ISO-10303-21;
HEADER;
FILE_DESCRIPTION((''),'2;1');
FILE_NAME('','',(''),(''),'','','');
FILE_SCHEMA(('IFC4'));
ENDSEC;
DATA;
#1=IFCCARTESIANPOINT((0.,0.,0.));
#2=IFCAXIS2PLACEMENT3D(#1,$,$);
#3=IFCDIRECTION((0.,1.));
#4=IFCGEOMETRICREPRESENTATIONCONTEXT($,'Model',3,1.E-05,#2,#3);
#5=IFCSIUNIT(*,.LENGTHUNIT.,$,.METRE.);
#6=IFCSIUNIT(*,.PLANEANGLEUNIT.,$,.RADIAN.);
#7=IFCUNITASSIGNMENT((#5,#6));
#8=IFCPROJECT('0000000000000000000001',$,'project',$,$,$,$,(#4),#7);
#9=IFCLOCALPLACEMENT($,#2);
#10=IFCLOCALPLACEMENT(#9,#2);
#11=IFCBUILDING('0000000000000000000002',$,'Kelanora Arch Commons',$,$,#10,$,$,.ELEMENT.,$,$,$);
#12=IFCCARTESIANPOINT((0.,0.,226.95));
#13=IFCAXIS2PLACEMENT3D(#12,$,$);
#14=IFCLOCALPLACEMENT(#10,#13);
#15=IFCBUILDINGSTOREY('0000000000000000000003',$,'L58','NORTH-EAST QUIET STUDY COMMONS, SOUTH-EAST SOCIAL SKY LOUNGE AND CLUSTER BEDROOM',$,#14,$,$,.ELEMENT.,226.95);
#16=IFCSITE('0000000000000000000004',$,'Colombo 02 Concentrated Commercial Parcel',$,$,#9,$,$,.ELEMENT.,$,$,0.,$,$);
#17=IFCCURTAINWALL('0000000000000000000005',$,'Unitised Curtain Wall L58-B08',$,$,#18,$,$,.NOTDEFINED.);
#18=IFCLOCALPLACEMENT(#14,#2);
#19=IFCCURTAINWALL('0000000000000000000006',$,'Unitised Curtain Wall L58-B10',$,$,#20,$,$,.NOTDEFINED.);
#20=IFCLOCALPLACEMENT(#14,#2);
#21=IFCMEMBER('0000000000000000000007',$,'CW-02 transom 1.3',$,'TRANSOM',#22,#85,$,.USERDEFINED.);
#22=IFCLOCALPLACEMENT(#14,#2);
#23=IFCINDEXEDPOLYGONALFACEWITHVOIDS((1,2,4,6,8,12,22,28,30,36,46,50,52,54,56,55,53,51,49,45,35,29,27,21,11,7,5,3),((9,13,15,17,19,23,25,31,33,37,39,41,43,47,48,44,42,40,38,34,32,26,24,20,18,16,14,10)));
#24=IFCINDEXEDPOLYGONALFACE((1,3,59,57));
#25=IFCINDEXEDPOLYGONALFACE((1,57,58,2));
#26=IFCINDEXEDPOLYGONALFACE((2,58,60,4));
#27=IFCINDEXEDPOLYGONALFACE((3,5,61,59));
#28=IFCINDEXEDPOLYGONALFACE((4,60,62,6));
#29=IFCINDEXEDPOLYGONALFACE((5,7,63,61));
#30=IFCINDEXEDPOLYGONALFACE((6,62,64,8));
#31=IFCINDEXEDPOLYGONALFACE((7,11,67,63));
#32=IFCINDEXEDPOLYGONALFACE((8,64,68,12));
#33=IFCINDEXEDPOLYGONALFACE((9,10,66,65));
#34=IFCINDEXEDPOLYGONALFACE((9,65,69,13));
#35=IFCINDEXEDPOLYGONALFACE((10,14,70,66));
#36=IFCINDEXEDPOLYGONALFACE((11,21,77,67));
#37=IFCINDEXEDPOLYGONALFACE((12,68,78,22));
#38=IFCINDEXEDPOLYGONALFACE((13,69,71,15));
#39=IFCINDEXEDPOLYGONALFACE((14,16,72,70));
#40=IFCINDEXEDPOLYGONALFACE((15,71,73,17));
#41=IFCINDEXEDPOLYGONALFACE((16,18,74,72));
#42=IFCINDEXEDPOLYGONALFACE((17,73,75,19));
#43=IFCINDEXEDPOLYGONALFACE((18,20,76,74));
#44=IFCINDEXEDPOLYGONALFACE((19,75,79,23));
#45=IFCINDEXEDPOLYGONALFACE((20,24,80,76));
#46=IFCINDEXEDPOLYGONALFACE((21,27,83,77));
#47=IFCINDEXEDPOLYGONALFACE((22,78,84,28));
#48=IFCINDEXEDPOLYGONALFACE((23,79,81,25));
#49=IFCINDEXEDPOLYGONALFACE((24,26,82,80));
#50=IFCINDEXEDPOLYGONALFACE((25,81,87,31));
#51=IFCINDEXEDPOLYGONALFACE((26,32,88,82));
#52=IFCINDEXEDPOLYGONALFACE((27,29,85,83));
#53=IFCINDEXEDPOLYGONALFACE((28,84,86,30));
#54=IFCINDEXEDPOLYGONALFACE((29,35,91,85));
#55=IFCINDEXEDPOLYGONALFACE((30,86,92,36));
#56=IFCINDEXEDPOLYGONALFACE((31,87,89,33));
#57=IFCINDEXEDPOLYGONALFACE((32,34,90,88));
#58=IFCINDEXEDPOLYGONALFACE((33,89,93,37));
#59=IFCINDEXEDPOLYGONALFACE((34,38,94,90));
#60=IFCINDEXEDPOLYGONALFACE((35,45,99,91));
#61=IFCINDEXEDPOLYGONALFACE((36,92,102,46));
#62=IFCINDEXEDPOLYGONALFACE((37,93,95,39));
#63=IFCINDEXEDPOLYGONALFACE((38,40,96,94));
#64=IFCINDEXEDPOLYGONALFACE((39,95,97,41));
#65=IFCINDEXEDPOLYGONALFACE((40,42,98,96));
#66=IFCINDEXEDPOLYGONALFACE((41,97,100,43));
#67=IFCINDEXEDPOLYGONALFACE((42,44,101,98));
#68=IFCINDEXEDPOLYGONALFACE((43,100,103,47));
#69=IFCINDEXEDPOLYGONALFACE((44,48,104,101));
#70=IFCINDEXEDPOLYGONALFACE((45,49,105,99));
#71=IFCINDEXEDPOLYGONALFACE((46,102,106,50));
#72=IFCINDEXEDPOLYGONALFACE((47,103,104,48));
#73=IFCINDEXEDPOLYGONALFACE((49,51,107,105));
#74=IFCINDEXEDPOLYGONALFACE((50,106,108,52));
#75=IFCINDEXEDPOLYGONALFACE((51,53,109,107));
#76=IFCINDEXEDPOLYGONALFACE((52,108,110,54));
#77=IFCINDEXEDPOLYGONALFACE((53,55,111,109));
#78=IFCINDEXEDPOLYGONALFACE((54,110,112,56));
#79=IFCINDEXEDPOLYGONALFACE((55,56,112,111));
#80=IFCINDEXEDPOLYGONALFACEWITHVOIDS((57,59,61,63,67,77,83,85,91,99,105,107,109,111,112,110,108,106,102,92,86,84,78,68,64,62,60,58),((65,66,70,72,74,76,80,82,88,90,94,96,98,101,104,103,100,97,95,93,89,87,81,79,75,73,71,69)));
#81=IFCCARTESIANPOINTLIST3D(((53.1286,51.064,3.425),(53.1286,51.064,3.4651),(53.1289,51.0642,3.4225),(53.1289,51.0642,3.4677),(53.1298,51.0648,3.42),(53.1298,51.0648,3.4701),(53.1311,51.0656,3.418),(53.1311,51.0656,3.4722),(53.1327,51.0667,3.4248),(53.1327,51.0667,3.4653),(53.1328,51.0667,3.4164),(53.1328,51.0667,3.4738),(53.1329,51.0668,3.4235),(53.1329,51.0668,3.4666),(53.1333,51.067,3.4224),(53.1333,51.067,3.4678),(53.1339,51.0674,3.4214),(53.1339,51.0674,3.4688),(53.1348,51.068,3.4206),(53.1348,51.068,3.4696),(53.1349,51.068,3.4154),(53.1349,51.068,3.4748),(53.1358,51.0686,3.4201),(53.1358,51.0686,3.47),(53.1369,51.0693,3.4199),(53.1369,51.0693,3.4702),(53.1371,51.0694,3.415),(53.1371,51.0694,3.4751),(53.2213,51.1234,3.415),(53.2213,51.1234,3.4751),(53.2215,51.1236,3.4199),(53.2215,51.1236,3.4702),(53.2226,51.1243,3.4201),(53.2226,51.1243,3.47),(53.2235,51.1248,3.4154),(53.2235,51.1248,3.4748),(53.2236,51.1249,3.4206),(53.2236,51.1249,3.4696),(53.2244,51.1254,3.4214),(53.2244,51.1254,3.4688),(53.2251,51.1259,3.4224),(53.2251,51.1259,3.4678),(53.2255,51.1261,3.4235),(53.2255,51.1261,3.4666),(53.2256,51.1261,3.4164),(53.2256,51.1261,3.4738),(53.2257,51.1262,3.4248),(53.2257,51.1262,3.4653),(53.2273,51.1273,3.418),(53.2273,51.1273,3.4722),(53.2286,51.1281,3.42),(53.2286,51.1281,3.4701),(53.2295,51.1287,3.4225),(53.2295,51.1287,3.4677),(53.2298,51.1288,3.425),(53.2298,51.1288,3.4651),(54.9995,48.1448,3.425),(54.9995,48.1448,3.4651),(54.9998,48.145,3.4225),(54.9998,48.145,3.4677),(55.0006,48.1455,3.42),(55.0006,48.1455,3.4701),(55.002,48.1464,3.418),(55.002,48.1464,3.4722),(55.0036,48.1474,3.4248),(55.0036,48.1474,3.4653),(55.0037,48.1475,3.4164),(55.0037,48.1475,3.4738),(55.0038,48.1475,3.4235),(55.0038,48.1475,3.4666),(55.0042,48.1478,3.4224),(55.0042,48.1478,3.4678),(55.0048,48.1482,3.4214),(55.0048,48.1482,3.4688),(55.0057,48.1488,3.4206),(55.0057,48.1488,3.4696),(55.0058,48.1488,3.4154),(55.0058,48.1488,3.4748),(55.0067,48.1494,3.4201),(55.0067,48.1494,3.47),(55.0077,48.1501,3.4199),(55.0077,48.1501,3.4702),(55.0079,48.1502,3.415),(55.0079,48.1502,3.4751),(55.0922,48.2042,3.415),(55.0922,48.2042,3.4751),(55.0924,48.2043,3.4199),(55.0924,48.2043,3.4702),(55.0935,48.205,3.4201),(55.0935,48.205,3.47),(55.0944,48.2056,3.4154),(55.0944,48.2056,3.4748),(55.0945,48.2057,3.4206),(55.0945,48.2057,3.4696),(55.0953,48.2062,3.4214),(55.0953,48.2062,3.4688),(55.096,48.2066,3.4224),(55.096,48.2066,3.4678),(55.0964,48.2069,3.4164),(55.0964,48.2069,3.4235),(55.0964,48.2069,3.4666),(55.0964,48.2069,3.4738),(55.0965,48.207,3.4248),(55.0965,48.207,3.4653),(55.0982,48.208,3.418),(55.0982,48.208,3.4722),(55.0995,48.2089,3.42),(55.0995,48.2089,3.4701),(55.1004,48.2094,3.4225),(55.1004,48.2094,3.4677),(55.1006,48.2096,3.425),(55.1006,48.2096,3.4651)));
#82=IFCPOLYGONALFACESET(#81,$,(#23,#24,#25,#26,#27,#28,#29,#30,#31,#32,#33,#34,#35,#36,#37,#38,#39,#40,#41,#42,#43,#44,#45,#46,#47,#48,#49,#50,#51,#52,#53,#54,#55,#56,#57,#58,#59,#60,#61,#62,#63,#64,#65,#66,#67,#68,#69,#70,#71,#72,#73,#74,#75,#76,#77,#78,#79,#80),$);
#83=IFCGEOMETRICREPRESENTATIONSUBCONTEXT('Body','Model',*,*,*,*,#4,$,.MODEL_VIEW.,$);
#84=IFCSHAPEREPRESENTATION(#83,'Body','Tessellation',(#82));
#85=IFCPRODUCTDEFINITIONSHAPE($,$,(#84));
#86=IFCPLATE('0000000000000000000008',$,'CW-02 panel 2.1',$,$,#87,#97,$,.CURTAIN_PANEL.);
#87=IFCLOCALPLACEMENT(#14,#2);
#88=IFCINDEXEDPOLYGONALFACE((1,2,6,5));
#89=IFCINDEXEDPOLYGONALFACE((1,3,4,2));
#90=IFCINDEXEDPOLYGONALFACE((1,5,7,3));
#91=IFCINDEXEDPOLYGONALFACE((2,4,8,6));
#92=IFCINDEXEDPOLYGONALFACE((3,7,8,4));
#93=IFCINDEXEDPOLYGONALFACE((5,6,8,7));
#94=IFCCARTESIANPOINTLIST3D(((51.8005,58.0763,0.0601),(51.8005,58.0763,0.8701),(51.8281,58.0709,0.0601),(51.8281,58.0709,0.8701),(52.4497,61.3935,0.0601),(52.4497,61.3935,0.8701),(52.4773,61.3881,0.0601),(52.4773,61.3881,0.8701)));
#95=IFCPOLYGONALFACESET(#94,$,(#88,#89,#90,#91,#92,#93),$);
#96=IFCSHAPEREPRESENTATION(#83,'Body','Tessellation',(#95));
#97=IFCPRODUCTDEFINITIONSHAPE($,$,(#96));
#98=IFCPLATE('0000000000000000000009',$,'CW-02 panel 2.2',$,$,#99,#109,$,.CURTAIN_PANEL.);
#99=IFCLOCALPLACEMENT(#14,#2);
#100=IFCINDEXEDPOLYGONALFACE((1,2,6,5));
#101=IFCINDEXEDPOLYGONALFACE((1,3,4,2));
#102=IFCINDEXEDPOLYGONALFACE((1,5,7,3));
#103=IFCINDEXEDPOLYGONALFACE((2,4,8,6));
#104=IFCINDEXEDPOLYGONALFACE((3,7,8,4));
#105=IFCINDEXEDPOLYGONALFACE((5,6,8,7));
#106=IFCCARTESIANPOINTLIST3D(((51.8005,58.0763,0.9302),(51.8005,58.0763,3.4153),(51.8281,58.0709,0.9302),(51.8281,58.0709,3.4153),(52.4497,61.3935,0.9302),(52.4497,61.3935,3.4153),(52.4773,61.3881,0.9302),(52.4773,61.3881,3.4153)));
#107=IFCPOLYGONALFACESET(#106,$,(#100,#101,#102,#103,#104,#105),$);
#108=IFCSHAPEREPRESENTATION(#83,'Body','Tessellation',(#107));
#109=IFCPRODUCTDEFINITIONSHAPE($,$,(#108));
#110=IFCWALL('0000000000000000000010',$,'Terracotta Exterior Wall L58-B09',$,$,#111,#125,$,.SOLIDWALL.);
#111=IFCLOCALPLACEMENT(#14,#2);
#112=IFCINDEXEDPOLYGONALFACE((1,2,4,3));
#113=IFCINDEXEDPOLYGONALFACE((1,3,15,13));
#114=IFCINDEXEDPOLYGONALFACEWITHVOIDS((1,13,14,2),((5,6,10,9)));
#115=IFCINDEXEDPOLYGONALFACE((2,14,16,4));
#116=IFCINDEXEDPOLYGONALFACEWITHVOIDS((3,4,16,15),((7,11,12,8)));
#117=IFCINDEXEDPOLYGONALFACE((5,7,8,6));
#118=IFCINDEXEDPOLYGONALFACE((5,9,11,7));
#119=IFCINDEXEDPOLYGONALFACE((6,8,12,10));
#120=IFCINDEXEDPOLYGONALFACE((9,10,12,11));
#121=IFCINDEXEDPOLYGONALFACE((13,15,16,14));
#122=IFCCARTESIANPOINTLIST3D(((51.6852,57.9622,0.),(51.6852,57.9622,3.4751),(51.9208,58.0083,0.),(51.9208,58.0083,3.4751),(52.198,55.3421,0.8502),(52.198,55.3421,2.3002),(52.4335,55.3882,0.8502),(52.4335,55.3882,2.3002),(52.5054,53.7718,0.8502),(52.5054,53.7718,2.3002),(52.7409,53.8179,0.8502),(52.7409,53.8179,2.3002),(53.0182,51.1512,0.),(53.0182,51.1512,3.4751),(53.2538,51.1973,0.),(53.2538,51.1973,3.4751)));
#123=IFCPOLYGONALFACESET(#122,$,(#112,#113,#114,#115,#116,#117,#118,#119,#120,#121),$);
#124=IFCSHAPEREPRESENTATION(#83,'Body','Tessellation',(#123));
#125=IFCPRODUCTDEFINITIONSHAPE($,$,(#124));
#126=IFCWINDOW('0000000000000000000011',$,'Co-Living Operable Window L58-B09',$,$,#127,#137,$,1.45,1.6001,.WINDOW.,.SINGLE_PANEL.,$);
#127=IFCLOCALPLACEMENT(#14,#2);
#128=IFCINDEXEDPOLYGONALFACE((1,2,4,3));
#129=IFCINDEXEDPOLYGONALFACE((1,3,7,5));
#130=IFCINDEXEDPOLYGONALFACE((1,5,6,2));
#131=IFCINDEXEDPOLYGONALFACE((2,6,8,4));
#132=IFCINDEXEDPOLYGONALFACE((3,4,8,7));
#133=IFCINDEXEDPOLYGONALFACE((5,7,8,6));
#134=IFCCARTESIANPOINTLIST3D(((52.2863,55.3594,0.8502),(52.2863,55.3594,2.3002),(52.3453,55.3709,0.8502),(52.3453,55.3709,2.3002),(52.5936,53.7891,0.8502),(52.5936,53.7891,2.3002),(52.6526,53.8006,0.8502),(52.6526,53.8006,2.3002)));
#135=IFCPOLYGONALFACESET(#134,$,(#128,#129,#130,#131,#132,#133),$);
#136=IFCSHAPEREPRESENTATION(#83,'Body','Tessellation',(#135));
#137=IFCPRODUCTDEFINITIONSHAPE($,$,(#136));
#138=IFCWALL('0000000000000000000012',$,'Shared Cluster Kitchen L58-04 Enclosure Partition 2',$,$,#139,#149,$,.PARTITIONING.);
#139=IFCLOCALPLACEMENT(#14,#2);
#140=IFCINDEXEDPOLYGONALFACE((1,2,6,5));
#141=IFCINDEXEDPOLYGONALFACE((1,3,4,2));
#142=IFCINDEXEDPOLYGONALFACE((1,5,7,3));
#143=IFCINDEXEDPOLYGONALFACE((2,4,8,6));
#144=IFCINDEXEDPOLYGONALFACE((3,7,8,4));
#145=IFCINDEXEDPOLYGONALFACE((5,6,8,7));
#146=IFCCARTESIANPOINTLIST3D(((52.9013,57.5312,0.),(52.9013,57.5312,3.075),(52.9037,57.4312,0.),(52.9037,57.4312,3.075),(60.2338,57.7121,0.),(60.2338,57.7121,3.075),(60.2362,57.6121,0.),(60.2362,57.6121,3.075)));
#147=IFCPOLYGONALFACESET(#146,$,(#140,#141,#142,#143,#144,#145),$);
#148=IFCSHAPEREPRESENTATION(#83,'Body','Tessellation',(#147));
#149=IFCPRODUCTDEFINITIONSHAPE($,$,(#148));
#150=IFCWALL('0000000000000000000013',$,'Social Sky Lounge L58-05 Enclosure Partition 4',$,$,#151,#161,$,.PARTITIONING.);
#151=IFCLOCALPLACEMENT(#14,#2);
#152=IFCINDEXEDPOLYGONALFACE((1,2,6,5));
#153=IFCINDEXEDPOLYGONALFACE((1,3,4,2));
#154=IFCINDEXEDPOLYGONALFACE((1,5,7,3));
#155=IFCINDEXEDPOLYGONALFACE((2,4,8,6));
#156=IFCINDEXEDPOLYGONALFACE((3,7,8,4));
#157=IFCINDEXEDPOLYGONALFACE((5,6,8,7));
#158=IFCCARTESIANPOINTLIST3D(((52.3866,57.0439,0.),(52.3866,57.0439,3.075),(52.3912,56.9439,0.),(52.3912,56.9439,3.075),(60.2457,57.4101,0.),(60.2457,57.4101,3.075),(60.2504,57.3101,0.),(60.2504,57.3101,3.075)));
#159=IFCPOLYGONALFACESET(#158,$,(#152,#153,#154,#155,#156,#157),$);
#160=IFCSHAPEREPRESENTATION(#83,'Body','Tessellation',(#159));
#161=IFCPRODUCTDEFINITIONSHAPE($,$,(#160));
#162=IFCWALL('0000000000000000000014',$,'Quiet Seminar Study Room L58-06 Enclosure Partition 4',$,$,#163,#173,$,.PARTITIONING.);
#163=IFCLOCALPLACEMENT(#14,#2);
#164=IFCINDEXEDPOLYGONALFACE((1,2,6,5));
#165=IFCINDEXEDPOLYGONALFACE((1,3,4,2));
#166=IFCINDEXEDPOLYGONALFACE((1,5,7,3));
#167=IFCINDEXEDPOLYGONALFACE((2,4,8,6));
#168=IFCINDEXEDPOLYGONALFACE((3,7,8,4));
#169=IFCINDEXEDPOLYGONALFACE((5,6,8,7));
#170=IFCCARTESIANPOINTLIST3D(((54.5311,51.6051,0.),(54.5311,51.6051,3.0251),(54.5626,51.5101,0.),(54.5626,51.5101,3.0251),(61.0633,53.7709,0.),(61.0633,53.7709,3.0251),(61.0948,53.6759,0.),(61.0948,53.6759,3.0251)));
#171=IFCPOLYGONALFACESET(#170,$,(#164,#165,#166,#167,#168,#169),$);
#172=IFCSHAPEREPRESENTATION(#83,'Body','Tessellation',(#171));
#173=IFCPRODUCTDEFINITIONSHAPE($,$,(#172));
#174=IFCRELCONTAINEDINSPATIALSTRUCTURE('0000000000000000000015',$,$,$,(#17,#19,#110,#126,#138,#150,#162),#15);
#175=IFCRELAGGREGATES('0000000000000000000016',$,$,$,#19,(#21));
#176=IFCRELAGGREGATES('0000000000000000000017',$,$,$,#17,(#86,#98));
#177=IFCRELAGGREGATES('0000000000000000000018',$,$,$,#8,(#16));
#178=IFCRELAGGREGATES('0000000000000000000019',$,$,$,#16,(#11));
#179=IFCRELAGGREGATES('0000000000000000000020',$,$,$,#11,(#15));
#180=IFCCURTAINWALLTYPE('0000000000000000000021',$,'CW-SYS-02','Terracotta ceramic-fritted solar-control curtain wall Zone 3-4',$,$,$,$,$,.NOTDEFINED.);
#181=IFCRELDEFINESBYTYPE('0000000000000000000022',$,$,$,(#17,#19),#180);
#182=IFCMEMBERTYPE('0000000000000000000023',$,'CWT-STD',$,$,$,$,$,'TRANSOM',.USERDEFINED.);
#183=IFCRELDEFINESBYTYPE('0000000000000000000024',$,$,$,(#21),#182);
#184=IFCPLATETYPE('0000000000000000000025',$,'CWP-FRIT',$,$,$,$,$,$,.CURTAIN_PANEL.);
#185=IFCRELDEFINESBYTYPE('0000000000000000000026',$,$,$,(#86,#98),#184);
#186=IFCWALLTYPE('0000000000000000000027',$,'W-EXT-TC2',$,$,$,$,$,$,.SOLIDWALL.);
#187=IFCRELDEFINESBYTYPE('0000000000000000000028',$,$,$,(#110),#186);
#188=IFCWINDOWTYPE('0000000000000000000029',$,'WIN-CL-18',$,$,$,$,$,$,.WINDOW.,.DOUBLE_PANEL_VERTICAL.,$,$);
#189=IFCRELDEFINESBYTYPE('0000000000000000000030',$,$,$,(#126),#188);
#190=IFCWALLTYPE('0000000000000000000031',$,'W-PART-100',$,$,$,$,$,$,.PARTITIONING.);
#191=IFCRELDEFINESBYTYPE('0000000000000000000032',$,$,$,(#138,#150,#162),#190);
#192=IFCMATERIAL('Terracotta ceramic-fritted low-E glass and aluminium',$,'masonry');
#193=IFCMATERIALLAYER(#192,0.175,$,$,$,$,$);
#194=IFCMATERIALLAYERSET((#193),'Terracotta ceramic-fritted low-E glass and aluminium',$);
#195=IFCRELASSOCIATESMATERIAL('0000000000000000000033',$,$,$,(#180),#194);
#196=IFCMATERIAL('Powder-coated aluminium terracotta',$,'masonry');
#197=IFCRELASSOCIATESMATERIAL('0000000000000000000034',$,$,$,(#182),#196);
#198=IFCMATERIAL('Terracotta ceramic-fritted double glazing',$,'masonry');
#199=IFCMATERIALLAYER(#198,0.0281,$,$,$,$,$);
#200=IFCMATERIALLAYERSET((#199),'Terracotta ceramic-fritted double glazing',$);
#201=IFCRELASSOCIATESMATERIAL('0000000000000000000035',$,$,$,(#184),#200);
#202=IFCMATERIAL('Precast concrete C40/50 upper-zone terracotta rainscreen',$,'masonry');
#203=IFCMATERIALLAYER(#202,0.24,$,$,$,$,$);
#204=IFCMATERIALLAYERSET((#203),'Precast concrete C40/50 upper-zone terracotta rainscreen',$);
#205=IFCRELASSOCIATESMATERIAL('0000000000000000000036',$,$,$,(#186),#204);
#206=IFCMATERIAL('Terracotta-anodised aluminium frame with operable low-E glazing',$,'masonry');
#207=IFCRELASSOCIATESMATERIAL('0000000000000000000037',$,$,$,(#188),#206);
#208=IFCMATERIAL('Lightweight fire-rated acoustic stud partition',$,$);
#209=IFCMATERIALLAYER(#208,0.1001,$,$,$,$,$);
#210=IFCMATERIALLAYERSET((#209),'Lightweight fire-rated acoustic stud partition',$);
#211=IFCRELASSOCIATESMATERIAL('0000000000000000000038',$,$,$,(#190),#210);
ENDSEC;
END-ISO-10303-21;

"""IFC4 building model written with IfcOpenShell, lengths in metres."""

from ifc_helpers import new_model, si_unit, direction, frame, frame_2d, origin, origin_2d, place, context, subcontext, project, spatial, rectangle, hollow_rectangle, extrude, source, transform, mapped, material, layer, layer_set, material_profile, profile_set, type_object, element, fill, aggregate, save


model = new_model("IFC4")

# Units and contexts
model_context = context("Model", 3, precision=1e-05, world=origin(), true_north=direction((0.0, 1.0)))
body_context = subcontext(model_context, "Body", "Model", "MODEL_VIEW")
ifc_project = project(units=[si_unit("LENGTHUNIT", "METRE"), si_unit("PLANEANGLEUNIT", "RADIAN")], contexts=[model_context])

# Site, building, storey
site_placement = place(None, origin())
site = spatial("IfcSite", under=ifc_project, at=site_placement, Name="Colombo 02 Concentrated Commercial Parcel", CompositionType="ELEMENT", RefElevation=0.0)
building_placement = place(site_placement, origin())
building = spatial("IfcBuilding", under=site, at=building_placement, Name="Kelanora Arch Commons", CompositionType="ELEMENT")
storey_placement = place(building_placement, frame((0.0, 0.0, 226.95)))
storey = spatial("IfcBuildingStorey", under=building, at=storey_placement, Name="L58", Description="NORTH-EAST QUIET STUDY COMMONS, SOUTH-EAST SOCIAL SKY LOUNGE AND CLUSTER BEDROOM", CompositionType="ELEMENT", Elevation=226.95)

# Curtain wall
ifc_material_1 = material(Name="Terracotta ceramic-fritted low-E glass and aluminium", Category="masonry")
ifc_layer_1 = layer(ifc_material_1, 0.175)
ifc_layer_set_1 = layer_set([ifc_layer_1], Name="Terracotta ceramic-fritted low-E glass and aluminium")
curtain_wall_type = type_object("IfcCurtainWallType", Name="CW-SYS-02", Description="Terracotta ceramic-fritted solar-control curtain wall Zone 3-4", PredefinedType="NOTDEFINED", material=ifc_layer_set_1)
curtain_wall_1_placement = place(storey_placement, origin())
curtain_wall_1 = element("IfcCurtainWall", 1, at=curtain_wall_1_placement, inside=storey, type_object=curtain_wall_type, Name="Unitised Curtain Wall L58-B08", PredefinedType="NOTDEFINED")
ifc_material_2 = material(Name="Powder-coated aluminium terracotta", Category="masonry")

# Curtain wall, member
curtain_wall_2_placement = place(storey_placement, origin())
curtain_wall_2 = element("IfcCurtainWall", 2, at=curtain_wall_2_placement, inside=storey, type_object=curtain_wall_type, Name="Unitised Curtain Wall L58-B10", PredefinedType="NOTDEFINED")
ifc_material_profile_1 = material_profile(ifc_material_2, hollow_rectangle(XDim=0.1201, YDim=0.0601, WallThickness=0.0049, InnerFilletRadius=0.0049, OuterFilletRadius=0.01, at=origin_2d()), Name="CWT120x60")
ifc_profile_set_1 = profile_set([ifc_material_profile_1], Name="Powder-coated aluminium terracotta")
member_type_1 = type_object("IfcMemberType", Name="CWT-STD", ElementType="TRANSOM", PredefinedType="USERDEFINED", material=ifc_profile_set_1)
member_1_placement = place(storey_placement, frame((53.1792, 51.0964, 3.4451), z_axis=(0.539579, -0.841935, 0.0), x_axis=(0.841935, 0.539579, 0.0)))
member_1 = element("IfcMember", 3, at=member_1_placement, type_object=member_type_1, Name="CW-02 transom 1.3", ObjectType="TRANSOM", PredefinedType="USERDEFINED", context=body_context, shape_type="SweptSolid", body=[
    extrude(hollow_rectangle(XDim=0.1201, YDim=0.0601, WallThickness=0.0049, InnerFilletRadius=0.0049, OuterFilletRadius=0.01, at=origin_2d()), origin(), (0.0, 0.0, 1.0), 3.4673),
])
aggregate(curtain_wall_2, [member_1])

# Plates
ifc_material_3 = material(Name="Terracotta ceramic-fritted double glazing", Category="masonry")
ifc_layer_2 = layer(ifc_material_3, 0.0281)
ifc_layer_set_2 = layer_set([ifc_layer_2], Name="Terracotta ceramic-fritted double glazing")
plate_type = type_object("IfcPlateType", Name="CWP-FRIT", PredefinedType="CURTAIN_PANEL", material=ifc_layer_set_2)
shared_shape_1 = source(origin(), body_context, "Body", "SweptSolid", [
    extrude(rectangle(XDim=3.3801, YDim=0.0281, at=origin_2d()), origin(), (0.0, 0.0, 1.0), 0.8101),
])
plate_1_placement = place(storey_placement, frame((52.1389, 59.7322, 0.0601), z_axis=(0.0, 0.0, 1.0), x_axis=(-0.192069, -0.981381, 0.0)))
plate_1 = element("IfcPlate", 4, at=plate_1_placement, type_object=plate_type, Name="CW-02 panel 2.1", PredefinedType="CURTAIN_PANEL", context=body_context, shape_type="MappedRepresentation", body=[
    mapped(shared_shape_1, transform((0.0, 0.0, 0.0), scale=1.0)),
])
shared_shape_2 = source(origin(), body_context, "Body", "SweptSolid", [
    extrude(rectangle(XDim=3.3801, YDim=0.0281, at=origin_2d()), origin(), (0.0, 0.0, 1.0), 2.4851),
])
plate_2_placement = place(storey_placement, frame((52.1389, 59.7322, 0.9302), z_axis=(0.0, 0.0, 1.0), x_axis=(-0.192069, -0.981381, 0.0)))
plate_2 = element("IfcPlate", 5, at=plate_2_placement, type_object=plate_type, Name="CW-02 panel 2.2", PredefinedType="CURTAIN_PANEL", context=body_context, shape_type="MappedRepresentation", body=[
    mapped(shared_shape_2, transform((0.0, 0.0, 0.0), scale=1.0)),
])
aggregate(curtain_wall_1, [plate_1, plate_2])

# Wall, opening, window
ifc_material_4 = material(Name="Precast concrete C40/50 upper-zone terracotta rainscreen", Category="masonry")
ifc_layer_3 = layer(ifc_material_4, 0.24)
ifc_layer_set_3 = layer_set([ifc_layer_3], Name="Precast concrete C40/50 upper-zone terracotta rainscreen")
wall_type_1 = type_object("IfcWallType", Name="W-EXT-TC2", PredefinedType="SOLIDWALL", material=ifc_layer_set_3)
wall_1_placement = place(storey_placement, frame((51.803, 57.9854, 0.0), z_axis=(0.0, 0.0, 1.0), x_axis=(0.192069, -0.981381, 0.0)))
wall_1 = element("IfcWall", 6, at=wall_1_placement, inside=storey, type_object=wall_type_1, Name="Terracotta Exterior Wall L58-B09", PredefinedType="SOLIDWALL", context=body_context, shape_type="SweptSolid", body=[
    extrude(rectangle(XDim=6.9402, YDim=0.24, at=frame_2d((3.4702, 0.0))), origin(), (0.0, 0.0, 1.0), 3.4751),
])
opening_placement = place(wall_1_placement, frame((2.6699, 0.0, 0.8501)))
opening = element("IfcOpeningElement", 7, at=opening_placement, cuts=wall_1, PredefinedType="OPENING", context=body_context, shape_type="SweptSolid", body=[
    extrude(rectangle(XDim=1.6001, YDim=1.45, at=frame_2d((0.8, 0.7251))), frame((0.0, 0.1299, 0.0), z_axis=(0.0, -1.0, 0.0), x_axis=(1.0, 0.0, 0.0)), (0.0, 0.0, 1.0), 0.26),
])
ifc_material_5 = material(Name="Terracotta-anodised aluminium frame with operable low-E glazing", Category="masonry")
window_type = type_object("IfcWindowType", Name="WIN-CL-18", PartitioningType="DOUBLE_PANEL_VERTICAL", PredefinedType="WINDOW", material=ifc_material_5)
window_placement = place(opening_placement, origin())
window = element("IfcWindow", 8, at=window_placement, inside=storey, type_object=window_type, Name="Co-Living Operable Window L58-B09", OverallHeight=1.45, OverallWidth=1.6001, PartitioningType="SINGLE_PANEL", PredefinedType="WINDOW", context=body_context, shape_type="SweptSolid", body=[
    extrude(rectangle(XDim=1.6001, YDim=1.45, at=frame_2d((0.8, 0.7251))), frame((0.0, 0.03, 0.0), z_axis=(0.0, -1.0, 0.0), x_axis=(1.0, 0.0, 0.0)), (0.0, 0.0, 1.0), 0.0601),
])
fill(opening, window)

# Walls
ifc_material_6 = material(Name="Lightweight fire-rated acoustic stud partition")
ifc_layer_4 = layer(ifc_material_6, 0.1001)
ifc_layer_set_4 = layer_set([ifc_layer_4], Name="Lightweight fire-rated acoustic stud partition")
wall_type_2 = type_object("IfcWallType", Name="W-PART-100", PredefinedType="PARTITIONING", material=ifc_layer_set_4)
wall_2_placement = place(storey_placement, frame((60.2351, 57.6621, 0.0), z_axis=(0.0, 0.0, 1.0), x_axis=(-0.999696, -0.024665, 0.0)))
element("IfcWall", 9, at=wall_2_placement, inside=storey, type_object=wall_type_2, Name="Shared Cluster Kitchen L58-04 Enclosure Partition 2", PredefinedType="PARTITIONING", context=body_context, shape_type="SweptSolid", body=[
    extrude(rectangle(XDim=7.3347, YDim=0.1001, at=frame_2d((3.6675, 0.0))), origin(), (0.0, 0.0, 1.0), 3.075),
])
wall_3_placement = place(storey_placement, frame((52.3889, 56.9939, 0.0), z_axis=(0.0, 0.0, 1.0), x_axis=(0.998916, 0.046546, 0.0)))
element("IfcWall", 10, at=wall_3_placement, inside=storey, type_object=wall_type_2, Name="Social Sky Lounge L58-05 Enclosure Partition 4", PredefinedType="PARTITIONING", context=body_context, shape_type="SweptSolid", body=[
    extrude(rectangle(XDim=7.8677, YDim=0.1001, at=frame_2d((3.9338, 0.0))), origin(), (0.0, 0.0, 1.0), 3.075),
])
wall_4_placement = place(storey_placement, frame((54.5469, 51.5576, 0.0), z_axis=(0.0, 0.0, 1.0), x_axis=(0.949189, 0.314705, 0.0)))
element("IfcWall", 11, at=wall_4_placement, inside=storey, type_object=wall_type_2, Name="Quiet Seminar Study Room L58-06 Enclosure Partition 4", PredefinedType="PARTITIONING", context=body_context, shape_type="SweptSolid", body=[
    extrude(rectangle(XDim=6.8818, YDim=0.1001, at=frame_2d((3.4409, 0.0))), origin(), (0.0, 0.0, 1.0), 3.0251),
])

save(model, "model.ifc")
